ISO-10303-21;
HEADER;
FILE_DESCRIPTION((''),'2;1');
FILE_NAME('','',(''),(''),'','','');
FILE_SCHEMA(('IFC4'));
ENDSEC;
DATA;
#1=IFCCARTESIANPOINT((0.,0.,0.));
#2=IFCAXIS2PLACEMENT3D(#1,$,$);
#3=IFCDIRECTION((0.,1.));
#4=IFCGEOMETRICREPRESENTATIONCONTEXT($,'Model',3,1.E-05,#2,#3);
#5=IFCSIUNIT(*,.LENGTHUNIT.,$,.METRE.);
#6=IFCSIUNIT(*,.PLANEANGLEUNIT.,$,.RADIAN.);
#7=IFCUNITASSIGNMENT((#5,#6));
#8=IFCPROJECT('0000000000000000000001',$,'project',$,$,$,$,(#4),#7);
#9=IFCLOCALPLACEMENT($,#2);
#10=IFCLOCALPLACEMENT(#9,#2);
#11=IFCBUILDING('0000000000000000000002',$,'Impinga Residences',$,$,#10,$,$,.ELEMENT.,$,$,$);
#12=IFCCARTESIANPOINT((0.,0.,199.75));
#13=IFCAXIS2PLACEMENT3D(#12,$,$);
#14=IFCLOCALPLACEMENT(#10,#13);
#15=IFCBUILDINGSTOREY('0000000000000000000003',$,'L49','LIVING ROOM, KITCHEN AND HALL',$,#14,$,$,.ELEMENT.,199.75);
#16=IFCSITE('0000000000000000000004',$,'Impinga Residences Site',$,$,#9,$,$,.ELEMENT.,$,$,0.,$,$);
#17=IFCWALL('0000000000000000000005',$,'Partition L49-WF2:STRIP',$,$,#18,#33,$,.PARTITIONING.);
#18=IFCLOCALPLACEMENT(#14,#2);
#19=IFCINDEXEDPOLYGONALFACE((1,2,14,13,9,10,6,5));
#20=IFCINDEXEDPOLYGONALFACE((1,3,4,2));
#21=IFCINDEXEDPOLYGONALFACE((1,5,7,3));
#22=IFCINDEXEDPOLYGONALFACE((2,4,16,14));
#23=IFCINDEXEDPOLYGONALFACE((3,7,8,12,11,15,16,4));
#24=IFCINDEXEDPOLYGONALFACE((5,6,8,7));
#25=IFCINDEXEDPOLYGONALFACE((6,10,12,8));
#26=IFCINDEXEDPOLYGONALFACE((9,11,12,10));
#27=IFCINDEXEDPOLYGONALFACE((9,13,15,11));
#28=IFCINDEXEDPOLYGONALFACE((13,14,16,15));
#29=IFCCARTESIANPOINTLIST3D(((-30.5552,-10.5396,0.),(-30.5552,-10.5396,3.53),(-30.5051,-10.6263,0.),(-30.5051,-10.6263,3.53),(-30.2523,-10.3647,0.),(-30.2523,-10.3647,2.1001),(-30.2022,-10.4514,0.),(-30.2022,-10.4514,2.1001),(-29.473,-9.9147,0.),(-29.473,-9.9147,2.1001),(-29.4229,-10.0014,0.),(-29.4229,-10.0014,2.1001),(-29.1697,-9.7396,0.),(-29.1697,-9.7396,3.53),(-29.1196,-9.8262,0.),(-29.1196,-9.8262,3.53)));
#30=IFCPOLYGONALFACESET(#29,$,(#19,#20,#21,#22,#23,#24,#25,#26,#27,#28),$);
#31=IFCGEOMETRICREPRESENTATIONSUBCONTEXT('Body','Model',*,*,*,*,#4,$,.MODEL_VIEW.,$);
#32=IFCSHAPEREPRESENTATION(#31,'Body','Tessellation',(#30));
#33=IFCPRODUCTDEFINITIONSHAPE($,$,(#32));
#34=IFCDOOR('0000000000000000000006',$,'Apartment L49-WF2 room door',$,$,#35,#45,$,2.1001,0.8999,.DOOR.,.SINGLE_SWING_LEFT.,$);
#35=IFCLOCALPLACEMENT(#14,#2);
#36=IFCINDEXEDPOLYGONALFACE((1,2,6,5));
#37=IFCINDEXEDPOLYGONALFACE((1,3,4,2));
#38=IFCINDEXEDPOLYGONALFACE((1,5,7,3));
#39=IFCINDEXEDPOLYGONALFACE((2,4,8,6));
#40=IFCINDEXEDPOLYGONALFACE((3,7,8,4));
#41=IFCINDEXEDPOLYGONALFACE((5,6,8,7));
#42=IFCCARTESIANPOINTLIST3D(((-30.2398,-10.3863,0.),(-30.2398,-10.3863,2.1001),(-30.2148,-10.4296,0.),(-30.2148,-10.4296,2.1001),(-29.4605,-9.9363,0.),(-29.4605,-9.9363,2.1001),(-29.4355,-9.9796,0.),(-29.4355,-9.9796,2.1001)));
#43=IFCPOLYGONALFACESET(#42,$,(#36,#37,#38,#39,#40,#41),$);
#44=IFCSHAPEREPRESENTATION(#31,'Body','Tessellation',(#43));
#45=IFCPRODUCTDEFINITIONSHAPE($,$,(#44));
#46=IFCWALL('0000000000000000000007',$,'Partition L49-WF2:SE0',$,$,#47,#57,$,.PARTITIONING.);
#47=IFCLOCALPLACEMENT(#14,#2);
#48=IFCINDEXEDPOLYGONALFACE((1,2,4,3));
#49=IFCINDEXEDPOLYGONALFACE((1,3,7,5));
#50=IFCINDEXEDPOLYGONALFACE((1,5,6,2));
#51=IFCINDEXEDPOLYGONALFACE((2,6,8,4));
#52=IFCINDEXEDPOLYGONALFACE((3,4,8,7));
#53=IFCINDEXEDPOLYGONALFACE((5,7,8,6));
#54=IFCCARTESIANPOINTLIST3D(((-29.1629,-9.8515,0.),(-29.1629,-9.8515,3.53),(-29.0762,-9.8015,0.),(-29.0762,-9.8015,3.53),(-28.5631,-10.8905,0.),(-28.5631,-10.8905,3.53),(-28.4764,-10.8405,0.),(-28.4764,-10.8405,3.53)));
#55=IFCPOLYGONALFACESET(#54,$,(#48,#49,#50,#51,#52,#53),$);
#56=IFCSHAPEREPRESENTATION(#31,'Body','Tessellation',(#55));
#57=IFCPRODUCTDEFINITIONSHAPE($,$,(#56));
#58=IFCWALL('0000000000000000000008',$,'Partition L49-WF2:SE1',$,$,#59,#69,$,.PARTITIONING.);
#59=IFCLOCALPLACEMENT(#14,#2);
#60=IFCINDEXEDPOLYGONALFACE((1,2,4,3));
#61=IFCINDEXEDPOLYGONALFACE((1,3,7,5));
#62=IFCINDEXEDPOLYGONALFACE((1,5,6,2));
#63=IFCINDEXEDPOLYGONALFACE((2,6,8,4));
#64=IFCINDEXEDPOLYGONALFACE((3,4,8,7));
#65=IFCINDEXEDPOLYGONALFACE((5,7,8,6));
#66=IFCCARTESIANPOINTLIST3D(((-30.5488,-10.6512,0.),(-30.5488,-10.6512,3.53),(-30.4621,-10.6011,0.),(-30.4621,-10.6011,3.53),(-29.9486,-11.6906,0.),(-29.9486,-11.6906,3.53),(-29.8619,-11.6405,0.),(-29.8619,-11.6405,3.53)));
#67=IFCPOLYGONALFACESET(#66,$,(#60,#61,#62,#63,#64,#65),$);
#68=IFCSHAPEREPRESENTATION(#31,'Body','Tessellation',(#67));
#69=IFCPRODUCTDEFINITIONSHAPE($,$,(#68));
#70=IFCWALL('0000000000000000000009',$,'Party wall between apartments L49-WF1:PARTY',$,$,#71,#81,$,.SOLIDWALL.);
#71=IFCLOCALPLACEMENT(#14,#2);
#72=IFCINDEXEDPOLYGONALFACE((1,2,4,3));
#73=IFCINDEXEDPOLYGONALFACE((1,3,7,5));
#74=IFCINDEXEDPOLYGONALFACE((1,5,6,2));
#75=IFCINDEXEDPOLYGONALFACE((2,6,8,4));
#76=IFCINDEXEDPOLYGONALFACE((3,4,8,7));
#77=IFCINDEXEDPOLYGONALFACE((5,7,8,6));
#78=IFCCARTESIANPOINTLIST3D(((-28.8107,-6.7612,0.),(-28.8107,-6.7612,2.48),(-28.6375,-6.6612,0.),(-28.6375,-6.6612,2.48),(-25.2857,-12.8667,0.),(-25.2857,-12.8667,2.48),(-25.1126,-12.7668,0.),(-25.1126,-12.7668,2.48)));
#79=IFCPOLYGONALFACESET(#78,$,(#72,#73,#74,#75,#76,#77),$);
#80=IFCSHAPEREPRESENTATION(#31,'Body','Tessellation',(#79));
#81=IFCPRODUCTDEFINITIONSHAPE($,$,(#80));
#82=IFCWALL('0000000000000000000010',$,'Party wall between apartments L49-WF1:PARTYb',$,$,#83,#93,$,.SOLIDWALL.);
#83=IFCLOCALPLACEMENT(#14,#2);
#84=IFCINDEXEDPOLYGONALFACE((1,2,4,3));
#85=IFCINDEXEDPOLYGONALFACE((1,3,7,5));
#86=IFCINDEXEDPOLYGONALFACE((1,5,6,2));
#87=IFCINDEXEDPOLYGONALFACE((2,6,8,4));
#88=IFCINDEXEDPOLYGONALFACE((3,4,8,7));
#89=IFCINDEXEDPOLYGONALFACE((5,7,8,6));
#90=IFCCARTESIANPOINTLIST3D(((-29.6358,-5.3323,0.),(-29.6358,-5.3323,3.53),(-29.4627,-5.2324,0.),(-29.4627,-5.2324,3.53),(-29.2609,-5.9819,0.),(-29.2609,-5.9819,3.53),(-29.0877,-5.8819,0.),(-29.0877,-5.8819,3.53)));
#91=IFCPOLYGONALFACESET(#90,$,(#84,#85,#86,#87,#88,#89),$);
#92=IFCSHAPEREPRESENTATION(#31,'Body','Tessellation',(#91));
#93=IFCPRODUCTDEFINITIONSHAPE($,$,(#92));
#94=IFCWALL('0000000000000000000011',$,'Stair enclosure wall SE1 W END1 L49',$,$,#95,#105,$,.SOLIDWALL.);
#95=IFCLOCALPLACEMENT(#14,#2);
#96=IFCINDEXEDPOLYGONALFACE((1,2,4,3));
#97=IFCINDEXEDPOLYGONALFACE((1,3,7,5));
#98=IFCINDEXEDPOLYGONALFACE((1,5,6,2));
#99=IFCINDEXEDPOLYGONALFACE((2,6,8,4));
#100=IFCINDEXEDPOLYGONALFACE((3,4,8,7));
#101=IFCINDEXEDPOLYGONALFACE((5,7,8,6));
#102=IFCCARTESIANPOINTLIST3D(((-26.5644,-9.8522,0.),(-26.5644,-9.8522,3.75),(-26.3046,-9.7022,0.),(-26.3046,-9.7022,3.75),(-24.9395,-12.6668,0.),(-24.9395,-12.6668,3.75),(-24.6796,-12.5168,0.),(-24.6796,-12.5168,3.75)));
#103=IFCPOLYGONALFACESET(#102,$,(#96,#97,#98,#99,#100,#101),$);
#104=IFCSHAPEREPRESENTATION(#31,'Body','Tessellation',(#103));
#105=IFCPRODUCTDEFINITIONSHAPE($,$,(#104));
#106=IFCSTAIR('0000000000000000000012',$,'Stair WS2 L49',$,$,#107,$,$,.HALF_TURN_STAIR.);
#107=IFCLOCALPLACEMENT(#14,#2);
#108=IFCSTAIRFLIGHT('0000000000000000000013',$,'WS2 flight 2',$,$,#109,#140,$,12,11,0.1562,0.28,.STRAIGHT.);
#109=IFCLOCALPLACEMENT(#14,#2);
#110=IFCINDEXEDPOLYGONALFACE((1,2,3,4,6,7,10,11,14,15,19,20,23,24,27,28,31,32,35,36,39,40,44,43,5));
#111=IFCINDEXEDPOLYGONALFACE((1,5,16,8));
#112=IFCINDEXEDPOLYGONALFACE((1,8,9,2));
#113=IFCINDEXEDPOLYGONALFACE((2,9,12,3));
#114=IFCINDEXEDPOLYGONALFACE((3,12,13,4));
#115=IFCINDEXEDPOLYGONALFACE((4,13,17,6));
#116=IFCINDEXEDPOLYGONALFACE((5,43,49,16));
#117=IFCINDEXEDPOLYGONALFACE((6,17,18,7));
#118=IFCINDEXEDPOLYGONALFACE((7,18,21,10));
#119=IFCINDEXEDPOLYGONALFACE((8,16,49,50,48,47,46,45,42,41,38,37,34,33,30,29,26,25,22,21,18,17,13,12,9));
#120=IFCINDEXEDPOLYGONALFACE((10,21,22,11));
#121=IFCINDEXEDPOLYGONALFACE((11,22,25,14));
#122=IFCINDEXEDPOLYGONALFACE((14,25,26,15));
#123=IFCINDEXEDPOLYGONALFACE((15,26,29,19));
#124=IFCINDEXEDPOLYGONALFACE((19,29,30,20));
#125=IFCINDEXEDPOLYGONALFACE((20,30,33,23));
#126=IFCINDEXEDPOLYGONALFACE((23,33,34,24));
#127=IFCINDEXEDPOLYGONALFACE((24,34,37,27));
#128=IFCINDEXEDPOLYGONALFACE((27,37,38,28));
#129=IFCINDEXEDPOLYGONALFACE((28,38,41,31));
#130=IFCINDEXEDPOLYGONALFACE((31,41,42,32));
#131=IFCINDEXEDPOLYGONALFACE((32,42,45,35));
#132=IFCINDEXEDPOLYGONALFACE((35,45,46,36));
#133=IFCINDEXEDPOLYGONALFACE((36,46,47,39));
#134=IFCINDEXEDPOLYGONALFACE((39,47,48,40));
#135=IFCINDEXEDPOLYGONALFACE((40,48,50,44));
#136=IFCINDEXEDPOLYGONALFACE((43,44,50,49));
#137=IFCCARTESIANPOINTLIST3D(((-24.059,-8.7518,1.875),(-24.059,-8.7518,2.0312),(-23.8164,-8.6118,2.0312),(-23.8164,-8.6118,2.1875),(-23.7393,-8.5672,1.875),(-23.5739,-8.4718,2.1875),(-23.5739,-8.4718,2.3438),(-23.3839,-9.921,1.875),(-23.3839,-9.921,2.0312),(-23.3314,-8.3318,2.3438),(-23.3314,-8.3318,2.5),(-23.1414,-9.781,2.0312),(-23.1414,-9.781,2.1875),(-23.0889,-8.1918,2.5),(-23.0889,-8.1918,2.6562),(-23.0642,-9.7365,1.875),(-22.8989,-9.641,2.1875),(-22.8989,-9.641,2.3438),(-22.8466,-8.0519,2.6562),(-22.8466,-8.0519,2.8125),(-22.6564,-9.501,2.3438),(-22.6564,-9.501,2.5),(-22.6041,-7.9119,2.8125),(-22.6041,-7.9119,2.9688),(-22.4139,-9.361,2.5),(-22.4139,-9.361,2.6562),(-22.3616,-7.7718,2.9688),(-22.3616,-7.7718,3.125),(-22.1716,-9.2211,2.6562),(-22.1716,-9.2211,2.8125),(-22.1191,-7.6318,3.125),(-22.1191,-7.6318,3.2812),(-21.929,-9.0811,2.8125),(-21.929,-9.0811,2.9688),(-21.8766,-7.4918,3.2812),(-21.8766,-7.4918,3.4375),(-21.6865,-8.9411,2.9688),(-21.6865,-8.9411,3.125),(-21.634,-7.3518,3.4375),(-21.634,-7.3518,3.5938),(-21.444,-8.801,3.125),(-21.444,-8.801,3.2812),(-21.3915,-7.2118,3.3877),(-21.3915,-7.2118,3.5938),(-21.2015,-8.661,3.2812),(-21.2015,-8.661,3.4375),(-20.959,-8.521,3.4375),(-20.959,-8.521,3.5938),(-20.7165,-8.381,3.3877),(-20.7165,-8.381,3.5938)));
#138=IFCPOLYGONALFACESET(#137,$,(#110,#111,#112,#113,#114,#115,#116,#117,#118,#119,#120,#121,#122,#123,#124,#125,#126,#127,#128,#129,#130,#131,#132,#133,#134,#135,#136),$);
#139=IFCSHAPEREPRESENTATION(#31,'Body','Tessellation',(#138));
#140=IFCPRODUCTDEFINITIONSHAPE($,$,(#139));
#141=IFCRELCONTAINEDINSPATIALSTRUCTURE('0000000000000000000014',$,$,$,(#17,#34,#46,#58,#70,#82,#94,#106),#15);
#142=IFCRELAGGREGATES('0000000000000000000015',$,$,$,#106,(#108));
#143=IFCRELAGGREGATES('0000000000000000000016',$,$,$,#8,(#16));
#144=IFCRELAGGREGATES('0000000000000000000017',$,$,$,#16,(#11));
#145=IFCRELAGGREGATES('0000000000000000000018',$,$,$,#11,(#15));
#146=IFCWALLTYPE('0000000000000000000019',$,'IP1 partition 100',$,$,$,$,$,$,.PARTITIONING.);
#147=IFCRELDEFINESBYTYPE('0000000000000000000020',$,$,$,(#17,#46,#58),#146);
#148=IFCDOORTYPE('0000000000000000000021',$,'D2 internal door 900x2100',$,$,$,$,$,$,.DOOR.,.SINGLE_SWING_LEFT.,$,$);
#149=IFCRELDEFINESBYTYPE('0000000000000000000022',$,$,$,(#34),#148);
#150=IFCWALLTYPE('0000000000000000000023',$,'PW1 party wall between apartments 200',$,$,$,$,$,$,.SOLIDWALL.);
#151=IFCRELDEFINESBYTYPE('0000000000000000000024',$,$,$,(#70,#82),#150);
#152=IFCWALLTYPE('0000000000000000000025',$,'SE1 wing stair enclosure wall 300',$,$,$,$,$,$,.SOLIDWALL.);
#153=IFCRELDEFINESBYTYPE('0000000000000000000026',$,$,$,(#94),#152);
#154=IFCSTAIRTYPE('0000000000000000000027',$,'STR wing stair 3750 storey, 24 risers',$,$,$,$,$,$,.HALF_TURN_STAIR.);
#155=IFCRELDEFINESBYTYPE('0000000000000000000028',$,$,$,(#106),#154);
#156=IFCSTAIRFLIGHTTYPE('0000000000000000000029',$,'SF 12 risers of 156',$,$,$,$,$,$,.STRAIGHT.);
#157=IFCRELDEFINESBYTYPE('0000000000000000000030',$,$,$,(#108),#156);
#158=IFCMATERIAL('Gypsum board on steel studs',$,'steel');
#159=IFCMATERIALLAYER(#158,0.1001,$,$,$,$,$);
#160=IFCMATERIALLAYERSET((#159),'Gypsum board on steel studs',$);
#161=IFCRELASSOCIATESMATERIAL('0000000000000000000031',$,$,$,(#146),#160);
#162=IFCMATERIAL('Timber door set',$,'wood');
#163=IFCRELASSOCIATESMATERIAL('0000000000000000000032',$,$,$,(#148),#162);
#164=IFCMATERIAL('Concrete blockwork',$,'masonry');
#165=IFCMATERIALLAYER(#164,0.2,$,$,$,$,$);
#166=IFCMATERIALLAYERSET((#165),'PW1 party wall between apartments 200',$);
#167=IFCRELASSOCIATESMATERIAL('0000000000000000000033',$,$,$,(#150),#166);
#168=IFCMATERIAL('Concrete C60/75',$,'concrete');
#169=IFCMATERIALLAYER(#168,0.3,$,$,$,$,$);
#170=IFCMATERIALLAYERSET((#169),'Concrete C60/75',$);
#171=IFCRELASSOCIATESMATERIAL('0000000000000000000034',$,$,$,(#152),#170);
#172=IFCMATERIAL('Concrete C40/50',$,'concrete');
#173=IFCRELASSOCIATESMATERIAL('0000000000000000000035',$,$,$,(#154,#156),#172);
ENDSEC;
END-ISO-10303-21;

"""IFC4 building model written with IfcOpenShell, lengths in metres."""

from ifc_helpers import new_model, si_unit, direction, frame, frame_2d, origin, place, context, subcontext, project, spatial, polyline, rectangle, outline, extrude, material, layer, layer_set, type_object, element, fill, aggregate, save


model = new_model("IFC4")

# Units and contexts
model_context = context("Model", 3, precision=1e-05, world=origin(), true_north=direction((0.0, 1.0)))
body_context = subcontext(model_context, "Body", "Model", "MODEL_VIEW")
ifc_project = project(units=[si_unit("LENGTHUNIT", "METRE"), si_unit("PLANEANGLEUNIT", "RADIAN")], contexts=[model_context])

# Site, building, storey
site_placement = place(None, origin())
site = spatial("IfcSite", under=ifc_project, at=site_placement, Name="Impinga Residences Site", CompositionType="ELEMENT", RefElevation=0.0)
building_placement = place(site_placement, origin())
building = spatial("IfcBuilding", under=site, at=building_placement, Name="Impinga Residences", CompositionType="ELEMENT")
storey_placement = place(building_placement, frame((0.0, 0.0, 199.75)))
storey = spatial("IfcBuildingStorey", under=building, at=storey_placement, Name="L49", Description="LIVING ROOM, KITCHEN AND HALL", CompositionType="ELEMENT", Elevation=199.75)

# Shared definitions
ifc_material_1 = material(Name="Concrete C60/75", Category="concrete")

# Shared definitions
ifc_material_2 = material(Name="Gypsum board on steel studs", Category="steel")
ifc_layer_1 = layer(ifc_material_2, 0.1001)
ifc_layer_set_1 = layer_set([ifc_layer_1], Name="Gypsum board on steel studs")
wall_type_1 = type_object("IfcWallType", Name="IP1 partition 100", PredefinedType="PARTITIONING", material=ifc_layer_set_1)
ifc_material_3 = material(Name="Timber door set", Category="wood")
door_type = type_object("IfcDoorType", Name="D2 internal door 900x2100", OperationType="SINGLE_SWING_LEFT", PredefinedType="DOOR", material=ifc_material_3)

# Wall, opening, door
wall_1_placement = place(storey_placement, frame((-29.1448, -9.783, 0.0), z_axis=(0.0, 0.0, 1.0), x_axis=(-0.86599, -0.500061, 0.0)))
wall_1 = element("IfcWall", 1, at=wall_1_placement, inside=storey, type_object=wall_type_1, Name="Partition L49-WF2:STRIP", PredefinedType="PARTITIONING", context=body_context, shape_type="SweptSolid", body=[
    extrude(rectangle(XDim=1.5999, YDim=0.1001, at=frame_2d((0.7998, 0.0))), origin(), (0.0, 0.0, 1.0), 3.53),
])
opening_1_placement = place(wall_1_placement, frame((0.3501, 0.0, 0.0)))
opening_1 = element("IfcOpeningElement", 2, at=opening_1_placement, cuts=wall_1, PredefinedType="OPENING", context=body_context, shape_type="SweptSolid", body=[
    extrude(rectangle(XDim=0.8999, YDim=2.1001, at=frame_2d((0.45, 1.05))), frame((0.0, 0.0601, 0.0), z_axis=(0.0, -1.0, 0.0), x_axis=(1.0, 0.0, 0.0)), (0.0, 0.0, 1.0), 0.1201),
])
door_1_placement = place(opening_1_placement, origin())
door_1 = element("IfcDoor", 3, at=door_1_placement, inside=storey, type_object=door_type, Name="Apartment L49-WF2 room door", OperationType="SINGLE_SWING_LEFT", OverallHeight=2.1001, OverallWidth=0.8999, PredefinedType="DOOR", context=body_context, shape_type="SweptSolid", body=[
    extrude(rectangle(XDim=0.8999, YDim=2.1001, at=frame_2d((0.45, 1.05))), frame((0.0, 0.0249, 0.0), z_axis=(0.0, -1.0, 0.0), x_axis=(1.0, 0.0, 0.0)), (0.0, 0.0, 1.0), 0.05),
])
fill(opening_1, door_1)

# Walls
wall_2_placement = place(storey_placement, frame((-28.5198, -10.8655, 0.0), z_axis=(0.0, 0.0, 1.0), x_axis=(-0.499969, 0.866043, 0.0)))
element("IfcWall", 4, at=wall_2_placement, inside=storey, type_object=wall_type_1, Name="Partition L49-WF2:SE0", PredefinedType="PARTITIONING", context=body_context, shape_type="SweptSolid", body=[
    extrude(rectangle(XDim=1.1997, YDim=0.1001, at=frame_2d((0.5999, 0.0))), origin(), (0.0, 0.0, 1.0), 3.53),
])
wall_3_placement = place(storey_placement, frame((-29.9053, -11.6655, 0.0), z_axis=(0.0, 0.0, 1.0), x_axis=(-0.500034, 0.866006, 0.0)))
element("IfcWall", 5, at=wall_3_placement, inside=storey, type_object=wall_type_1, Name="Partition L49-WF2:SE1", PredefinedType="PARTITIONING", context=body_context, shape_type="SweptSolid", body=[
    extrude(rectangle(XDim=1.2002, YDim=0.1001, at=frame_2d((0.6001, 0.0))), origin(), (0.0, 0.0, 1.0), 3.53),
])
ifc_material_4 = material(Name="Concrete blockwork", Category="masonry")
ifc_layer_2 = layer(ifc_material_4, 0.2)
ifc_layer_set_2 = layer_set([ifc_layer_2], Name="PW1 party wall between apartments 200")
wall_type_2 = type_object("IfcWallType", Name="PW1 party wall between apartments 200", PredefinedType="SOLIDWALL", material=ifc_layer_set_2)
wall_4_placement = place(storey_placement, frame((-25.1992, -12.8167, 0.0), z_axis=(0.0, 0.0, 1.0), x_axis=(-0.49999, 0.866031, 0.0)))
element("IfcWall", 6, at=wall_4_placement, inside=storey, type_object=wall_type_2, Name="Party wall between apartments L49-WF1:PARTY", PredefinedType="SOLIDWALL", context=body_context, shape_type="SweptSolid", body=[
    extrude(rectangle(XDim=7.05, YDim=0.2, at=frame_2d((3.5249, 0.0))), origin(), (0.0, 0.0, 1.0), 2.48),
])
wall_5_placement = place(storey_placement, frame((-29.1743, -5.9319, 0.0), z_axis=(0.0, 0.0, 1.0), x_axis=(-0.49992, 0.866072, 0.0)))
element("IfcWall", 7, at=wall_5_placement, inside=storey, type_object=wall_type_2, Name="Party wall between apartments L49-WF1:PARTYb", PredefinedType="SOLIDWALL", context=body_context, shape_type="SweptSolid", body=[
    extrude(rectangle(XDim=0.75, YDim=0.2, at=frame_2d((0.375, 0.0))), origin(), (0.0, 0.0, 1.0), 3.53),
])
ifc_layer_3 = layer(ifc_material_1, 0.3)
ifc_layer_set_3 = layer_set([ifc_layer_3], Name="Concrete C60/75")
wall_type_3 = type_object("IfcWallType", Name="SE1 wing stair enclosure wall 300", PredefinedType="SOLIDWALL", material=ifc_layer_set_3)
wall_6_placement = place(storey_placement, frame((-24.8096, -12.5918, 0.0), z_axis=(0.0, 0.0, 1.0), x_axis=(-0.499985, 0.866034, 0.0)))
element("IfcWall", 8, at=wall_6_placement, inside=storey, type_object=wall_type_3, Name="Stair enclosure wall SE1 W END1 L49", PredefinedType="SOLIDWALL", context=body_context, shape_type="SweptSolid", body=[
    extrude(rectangle(XDim=3.25, YDim=0.3, at=frame_2d((1.625, 0.0))), origin(), (0.0, 0.0, 1.0), 3.75),
])

# Stair, stair flight
ifc_material_5 = material(Name="Concrete C40/50", Category="concrete")
stair_type = type_object("IfcStairType", Name="STR wing stair 3750 storey, 24 risers", PredefinedType="HALF_TURN_STAIR", material=ifc_material_5)
stair_placement = place(storey_placement, origin())
stair = element("IfcStair", 9, at=stair_placement, inside=storey, type_object=stair_type, Name="Stair WS2 L49", PredefinedType="HALF_TURN_STAIR")
stair_flight_type = type_object("IfcStairFlightType", Name="SF 12 risers of 156", PredefinedType="STRAIGHT", material=ifc_material_5)
stair_flight_placement = place(storey_placement, frame((-23.7214, -9.3364, 1.875), z_axis=(0.0, 0.0, 1.0), x_axis=(0.866025, 0.5, 0.0)))
stair_flight = element("IfcStairFlight", 10, at=stair_flight_placement, type_object=stair_flight_type, Name="WS2 flight 2", NumberOfRisers=12, NumberOfTreads=11, PredefinedType="STRAIGHT", RiserHeight=0.1562, TreadLength=0.28, context=body_context, shape_type="SweptSolid", body=[
    extrude(outline(polyline([(0.0, 0.0), (0.0, 0.1562), (0.28, 0.1562), (0.28, 0.3125), (0.5601, 0.3125), (0.5601, 0.4688), (0.8401, 0.4688), (0.8401, 0.625), (1.1201, 0.625), (1.1201, 0.7812), (1.3999, 0.7812), (1.3999, 0.9375), (1.6799, 0.9375), (1.6799, 1.0938), (1.96, 1.0938), (1.96, 1.25), (2.24, 1.25), (2.24, 1.4062), (2.52, 1.4062), (2.52, 1.5625), (2.8, 1.5625), (2.8, 1.7188), (3.0801, 1.7188), (3.0801, 1.875), (3.0801, 1.5127), (0.3691, 0.0), (0.0, 0.0)])), frame((0.0, 0.675, 0.0), z_axis=(0.0, -1.0, 0.0), x_axis=(1.0, 0.0, 0.0)), (0.0, 0.0, 1.0), 1.3501),
])
aggregate(stair, [stair_flight])

save(model, "model.ifc")
